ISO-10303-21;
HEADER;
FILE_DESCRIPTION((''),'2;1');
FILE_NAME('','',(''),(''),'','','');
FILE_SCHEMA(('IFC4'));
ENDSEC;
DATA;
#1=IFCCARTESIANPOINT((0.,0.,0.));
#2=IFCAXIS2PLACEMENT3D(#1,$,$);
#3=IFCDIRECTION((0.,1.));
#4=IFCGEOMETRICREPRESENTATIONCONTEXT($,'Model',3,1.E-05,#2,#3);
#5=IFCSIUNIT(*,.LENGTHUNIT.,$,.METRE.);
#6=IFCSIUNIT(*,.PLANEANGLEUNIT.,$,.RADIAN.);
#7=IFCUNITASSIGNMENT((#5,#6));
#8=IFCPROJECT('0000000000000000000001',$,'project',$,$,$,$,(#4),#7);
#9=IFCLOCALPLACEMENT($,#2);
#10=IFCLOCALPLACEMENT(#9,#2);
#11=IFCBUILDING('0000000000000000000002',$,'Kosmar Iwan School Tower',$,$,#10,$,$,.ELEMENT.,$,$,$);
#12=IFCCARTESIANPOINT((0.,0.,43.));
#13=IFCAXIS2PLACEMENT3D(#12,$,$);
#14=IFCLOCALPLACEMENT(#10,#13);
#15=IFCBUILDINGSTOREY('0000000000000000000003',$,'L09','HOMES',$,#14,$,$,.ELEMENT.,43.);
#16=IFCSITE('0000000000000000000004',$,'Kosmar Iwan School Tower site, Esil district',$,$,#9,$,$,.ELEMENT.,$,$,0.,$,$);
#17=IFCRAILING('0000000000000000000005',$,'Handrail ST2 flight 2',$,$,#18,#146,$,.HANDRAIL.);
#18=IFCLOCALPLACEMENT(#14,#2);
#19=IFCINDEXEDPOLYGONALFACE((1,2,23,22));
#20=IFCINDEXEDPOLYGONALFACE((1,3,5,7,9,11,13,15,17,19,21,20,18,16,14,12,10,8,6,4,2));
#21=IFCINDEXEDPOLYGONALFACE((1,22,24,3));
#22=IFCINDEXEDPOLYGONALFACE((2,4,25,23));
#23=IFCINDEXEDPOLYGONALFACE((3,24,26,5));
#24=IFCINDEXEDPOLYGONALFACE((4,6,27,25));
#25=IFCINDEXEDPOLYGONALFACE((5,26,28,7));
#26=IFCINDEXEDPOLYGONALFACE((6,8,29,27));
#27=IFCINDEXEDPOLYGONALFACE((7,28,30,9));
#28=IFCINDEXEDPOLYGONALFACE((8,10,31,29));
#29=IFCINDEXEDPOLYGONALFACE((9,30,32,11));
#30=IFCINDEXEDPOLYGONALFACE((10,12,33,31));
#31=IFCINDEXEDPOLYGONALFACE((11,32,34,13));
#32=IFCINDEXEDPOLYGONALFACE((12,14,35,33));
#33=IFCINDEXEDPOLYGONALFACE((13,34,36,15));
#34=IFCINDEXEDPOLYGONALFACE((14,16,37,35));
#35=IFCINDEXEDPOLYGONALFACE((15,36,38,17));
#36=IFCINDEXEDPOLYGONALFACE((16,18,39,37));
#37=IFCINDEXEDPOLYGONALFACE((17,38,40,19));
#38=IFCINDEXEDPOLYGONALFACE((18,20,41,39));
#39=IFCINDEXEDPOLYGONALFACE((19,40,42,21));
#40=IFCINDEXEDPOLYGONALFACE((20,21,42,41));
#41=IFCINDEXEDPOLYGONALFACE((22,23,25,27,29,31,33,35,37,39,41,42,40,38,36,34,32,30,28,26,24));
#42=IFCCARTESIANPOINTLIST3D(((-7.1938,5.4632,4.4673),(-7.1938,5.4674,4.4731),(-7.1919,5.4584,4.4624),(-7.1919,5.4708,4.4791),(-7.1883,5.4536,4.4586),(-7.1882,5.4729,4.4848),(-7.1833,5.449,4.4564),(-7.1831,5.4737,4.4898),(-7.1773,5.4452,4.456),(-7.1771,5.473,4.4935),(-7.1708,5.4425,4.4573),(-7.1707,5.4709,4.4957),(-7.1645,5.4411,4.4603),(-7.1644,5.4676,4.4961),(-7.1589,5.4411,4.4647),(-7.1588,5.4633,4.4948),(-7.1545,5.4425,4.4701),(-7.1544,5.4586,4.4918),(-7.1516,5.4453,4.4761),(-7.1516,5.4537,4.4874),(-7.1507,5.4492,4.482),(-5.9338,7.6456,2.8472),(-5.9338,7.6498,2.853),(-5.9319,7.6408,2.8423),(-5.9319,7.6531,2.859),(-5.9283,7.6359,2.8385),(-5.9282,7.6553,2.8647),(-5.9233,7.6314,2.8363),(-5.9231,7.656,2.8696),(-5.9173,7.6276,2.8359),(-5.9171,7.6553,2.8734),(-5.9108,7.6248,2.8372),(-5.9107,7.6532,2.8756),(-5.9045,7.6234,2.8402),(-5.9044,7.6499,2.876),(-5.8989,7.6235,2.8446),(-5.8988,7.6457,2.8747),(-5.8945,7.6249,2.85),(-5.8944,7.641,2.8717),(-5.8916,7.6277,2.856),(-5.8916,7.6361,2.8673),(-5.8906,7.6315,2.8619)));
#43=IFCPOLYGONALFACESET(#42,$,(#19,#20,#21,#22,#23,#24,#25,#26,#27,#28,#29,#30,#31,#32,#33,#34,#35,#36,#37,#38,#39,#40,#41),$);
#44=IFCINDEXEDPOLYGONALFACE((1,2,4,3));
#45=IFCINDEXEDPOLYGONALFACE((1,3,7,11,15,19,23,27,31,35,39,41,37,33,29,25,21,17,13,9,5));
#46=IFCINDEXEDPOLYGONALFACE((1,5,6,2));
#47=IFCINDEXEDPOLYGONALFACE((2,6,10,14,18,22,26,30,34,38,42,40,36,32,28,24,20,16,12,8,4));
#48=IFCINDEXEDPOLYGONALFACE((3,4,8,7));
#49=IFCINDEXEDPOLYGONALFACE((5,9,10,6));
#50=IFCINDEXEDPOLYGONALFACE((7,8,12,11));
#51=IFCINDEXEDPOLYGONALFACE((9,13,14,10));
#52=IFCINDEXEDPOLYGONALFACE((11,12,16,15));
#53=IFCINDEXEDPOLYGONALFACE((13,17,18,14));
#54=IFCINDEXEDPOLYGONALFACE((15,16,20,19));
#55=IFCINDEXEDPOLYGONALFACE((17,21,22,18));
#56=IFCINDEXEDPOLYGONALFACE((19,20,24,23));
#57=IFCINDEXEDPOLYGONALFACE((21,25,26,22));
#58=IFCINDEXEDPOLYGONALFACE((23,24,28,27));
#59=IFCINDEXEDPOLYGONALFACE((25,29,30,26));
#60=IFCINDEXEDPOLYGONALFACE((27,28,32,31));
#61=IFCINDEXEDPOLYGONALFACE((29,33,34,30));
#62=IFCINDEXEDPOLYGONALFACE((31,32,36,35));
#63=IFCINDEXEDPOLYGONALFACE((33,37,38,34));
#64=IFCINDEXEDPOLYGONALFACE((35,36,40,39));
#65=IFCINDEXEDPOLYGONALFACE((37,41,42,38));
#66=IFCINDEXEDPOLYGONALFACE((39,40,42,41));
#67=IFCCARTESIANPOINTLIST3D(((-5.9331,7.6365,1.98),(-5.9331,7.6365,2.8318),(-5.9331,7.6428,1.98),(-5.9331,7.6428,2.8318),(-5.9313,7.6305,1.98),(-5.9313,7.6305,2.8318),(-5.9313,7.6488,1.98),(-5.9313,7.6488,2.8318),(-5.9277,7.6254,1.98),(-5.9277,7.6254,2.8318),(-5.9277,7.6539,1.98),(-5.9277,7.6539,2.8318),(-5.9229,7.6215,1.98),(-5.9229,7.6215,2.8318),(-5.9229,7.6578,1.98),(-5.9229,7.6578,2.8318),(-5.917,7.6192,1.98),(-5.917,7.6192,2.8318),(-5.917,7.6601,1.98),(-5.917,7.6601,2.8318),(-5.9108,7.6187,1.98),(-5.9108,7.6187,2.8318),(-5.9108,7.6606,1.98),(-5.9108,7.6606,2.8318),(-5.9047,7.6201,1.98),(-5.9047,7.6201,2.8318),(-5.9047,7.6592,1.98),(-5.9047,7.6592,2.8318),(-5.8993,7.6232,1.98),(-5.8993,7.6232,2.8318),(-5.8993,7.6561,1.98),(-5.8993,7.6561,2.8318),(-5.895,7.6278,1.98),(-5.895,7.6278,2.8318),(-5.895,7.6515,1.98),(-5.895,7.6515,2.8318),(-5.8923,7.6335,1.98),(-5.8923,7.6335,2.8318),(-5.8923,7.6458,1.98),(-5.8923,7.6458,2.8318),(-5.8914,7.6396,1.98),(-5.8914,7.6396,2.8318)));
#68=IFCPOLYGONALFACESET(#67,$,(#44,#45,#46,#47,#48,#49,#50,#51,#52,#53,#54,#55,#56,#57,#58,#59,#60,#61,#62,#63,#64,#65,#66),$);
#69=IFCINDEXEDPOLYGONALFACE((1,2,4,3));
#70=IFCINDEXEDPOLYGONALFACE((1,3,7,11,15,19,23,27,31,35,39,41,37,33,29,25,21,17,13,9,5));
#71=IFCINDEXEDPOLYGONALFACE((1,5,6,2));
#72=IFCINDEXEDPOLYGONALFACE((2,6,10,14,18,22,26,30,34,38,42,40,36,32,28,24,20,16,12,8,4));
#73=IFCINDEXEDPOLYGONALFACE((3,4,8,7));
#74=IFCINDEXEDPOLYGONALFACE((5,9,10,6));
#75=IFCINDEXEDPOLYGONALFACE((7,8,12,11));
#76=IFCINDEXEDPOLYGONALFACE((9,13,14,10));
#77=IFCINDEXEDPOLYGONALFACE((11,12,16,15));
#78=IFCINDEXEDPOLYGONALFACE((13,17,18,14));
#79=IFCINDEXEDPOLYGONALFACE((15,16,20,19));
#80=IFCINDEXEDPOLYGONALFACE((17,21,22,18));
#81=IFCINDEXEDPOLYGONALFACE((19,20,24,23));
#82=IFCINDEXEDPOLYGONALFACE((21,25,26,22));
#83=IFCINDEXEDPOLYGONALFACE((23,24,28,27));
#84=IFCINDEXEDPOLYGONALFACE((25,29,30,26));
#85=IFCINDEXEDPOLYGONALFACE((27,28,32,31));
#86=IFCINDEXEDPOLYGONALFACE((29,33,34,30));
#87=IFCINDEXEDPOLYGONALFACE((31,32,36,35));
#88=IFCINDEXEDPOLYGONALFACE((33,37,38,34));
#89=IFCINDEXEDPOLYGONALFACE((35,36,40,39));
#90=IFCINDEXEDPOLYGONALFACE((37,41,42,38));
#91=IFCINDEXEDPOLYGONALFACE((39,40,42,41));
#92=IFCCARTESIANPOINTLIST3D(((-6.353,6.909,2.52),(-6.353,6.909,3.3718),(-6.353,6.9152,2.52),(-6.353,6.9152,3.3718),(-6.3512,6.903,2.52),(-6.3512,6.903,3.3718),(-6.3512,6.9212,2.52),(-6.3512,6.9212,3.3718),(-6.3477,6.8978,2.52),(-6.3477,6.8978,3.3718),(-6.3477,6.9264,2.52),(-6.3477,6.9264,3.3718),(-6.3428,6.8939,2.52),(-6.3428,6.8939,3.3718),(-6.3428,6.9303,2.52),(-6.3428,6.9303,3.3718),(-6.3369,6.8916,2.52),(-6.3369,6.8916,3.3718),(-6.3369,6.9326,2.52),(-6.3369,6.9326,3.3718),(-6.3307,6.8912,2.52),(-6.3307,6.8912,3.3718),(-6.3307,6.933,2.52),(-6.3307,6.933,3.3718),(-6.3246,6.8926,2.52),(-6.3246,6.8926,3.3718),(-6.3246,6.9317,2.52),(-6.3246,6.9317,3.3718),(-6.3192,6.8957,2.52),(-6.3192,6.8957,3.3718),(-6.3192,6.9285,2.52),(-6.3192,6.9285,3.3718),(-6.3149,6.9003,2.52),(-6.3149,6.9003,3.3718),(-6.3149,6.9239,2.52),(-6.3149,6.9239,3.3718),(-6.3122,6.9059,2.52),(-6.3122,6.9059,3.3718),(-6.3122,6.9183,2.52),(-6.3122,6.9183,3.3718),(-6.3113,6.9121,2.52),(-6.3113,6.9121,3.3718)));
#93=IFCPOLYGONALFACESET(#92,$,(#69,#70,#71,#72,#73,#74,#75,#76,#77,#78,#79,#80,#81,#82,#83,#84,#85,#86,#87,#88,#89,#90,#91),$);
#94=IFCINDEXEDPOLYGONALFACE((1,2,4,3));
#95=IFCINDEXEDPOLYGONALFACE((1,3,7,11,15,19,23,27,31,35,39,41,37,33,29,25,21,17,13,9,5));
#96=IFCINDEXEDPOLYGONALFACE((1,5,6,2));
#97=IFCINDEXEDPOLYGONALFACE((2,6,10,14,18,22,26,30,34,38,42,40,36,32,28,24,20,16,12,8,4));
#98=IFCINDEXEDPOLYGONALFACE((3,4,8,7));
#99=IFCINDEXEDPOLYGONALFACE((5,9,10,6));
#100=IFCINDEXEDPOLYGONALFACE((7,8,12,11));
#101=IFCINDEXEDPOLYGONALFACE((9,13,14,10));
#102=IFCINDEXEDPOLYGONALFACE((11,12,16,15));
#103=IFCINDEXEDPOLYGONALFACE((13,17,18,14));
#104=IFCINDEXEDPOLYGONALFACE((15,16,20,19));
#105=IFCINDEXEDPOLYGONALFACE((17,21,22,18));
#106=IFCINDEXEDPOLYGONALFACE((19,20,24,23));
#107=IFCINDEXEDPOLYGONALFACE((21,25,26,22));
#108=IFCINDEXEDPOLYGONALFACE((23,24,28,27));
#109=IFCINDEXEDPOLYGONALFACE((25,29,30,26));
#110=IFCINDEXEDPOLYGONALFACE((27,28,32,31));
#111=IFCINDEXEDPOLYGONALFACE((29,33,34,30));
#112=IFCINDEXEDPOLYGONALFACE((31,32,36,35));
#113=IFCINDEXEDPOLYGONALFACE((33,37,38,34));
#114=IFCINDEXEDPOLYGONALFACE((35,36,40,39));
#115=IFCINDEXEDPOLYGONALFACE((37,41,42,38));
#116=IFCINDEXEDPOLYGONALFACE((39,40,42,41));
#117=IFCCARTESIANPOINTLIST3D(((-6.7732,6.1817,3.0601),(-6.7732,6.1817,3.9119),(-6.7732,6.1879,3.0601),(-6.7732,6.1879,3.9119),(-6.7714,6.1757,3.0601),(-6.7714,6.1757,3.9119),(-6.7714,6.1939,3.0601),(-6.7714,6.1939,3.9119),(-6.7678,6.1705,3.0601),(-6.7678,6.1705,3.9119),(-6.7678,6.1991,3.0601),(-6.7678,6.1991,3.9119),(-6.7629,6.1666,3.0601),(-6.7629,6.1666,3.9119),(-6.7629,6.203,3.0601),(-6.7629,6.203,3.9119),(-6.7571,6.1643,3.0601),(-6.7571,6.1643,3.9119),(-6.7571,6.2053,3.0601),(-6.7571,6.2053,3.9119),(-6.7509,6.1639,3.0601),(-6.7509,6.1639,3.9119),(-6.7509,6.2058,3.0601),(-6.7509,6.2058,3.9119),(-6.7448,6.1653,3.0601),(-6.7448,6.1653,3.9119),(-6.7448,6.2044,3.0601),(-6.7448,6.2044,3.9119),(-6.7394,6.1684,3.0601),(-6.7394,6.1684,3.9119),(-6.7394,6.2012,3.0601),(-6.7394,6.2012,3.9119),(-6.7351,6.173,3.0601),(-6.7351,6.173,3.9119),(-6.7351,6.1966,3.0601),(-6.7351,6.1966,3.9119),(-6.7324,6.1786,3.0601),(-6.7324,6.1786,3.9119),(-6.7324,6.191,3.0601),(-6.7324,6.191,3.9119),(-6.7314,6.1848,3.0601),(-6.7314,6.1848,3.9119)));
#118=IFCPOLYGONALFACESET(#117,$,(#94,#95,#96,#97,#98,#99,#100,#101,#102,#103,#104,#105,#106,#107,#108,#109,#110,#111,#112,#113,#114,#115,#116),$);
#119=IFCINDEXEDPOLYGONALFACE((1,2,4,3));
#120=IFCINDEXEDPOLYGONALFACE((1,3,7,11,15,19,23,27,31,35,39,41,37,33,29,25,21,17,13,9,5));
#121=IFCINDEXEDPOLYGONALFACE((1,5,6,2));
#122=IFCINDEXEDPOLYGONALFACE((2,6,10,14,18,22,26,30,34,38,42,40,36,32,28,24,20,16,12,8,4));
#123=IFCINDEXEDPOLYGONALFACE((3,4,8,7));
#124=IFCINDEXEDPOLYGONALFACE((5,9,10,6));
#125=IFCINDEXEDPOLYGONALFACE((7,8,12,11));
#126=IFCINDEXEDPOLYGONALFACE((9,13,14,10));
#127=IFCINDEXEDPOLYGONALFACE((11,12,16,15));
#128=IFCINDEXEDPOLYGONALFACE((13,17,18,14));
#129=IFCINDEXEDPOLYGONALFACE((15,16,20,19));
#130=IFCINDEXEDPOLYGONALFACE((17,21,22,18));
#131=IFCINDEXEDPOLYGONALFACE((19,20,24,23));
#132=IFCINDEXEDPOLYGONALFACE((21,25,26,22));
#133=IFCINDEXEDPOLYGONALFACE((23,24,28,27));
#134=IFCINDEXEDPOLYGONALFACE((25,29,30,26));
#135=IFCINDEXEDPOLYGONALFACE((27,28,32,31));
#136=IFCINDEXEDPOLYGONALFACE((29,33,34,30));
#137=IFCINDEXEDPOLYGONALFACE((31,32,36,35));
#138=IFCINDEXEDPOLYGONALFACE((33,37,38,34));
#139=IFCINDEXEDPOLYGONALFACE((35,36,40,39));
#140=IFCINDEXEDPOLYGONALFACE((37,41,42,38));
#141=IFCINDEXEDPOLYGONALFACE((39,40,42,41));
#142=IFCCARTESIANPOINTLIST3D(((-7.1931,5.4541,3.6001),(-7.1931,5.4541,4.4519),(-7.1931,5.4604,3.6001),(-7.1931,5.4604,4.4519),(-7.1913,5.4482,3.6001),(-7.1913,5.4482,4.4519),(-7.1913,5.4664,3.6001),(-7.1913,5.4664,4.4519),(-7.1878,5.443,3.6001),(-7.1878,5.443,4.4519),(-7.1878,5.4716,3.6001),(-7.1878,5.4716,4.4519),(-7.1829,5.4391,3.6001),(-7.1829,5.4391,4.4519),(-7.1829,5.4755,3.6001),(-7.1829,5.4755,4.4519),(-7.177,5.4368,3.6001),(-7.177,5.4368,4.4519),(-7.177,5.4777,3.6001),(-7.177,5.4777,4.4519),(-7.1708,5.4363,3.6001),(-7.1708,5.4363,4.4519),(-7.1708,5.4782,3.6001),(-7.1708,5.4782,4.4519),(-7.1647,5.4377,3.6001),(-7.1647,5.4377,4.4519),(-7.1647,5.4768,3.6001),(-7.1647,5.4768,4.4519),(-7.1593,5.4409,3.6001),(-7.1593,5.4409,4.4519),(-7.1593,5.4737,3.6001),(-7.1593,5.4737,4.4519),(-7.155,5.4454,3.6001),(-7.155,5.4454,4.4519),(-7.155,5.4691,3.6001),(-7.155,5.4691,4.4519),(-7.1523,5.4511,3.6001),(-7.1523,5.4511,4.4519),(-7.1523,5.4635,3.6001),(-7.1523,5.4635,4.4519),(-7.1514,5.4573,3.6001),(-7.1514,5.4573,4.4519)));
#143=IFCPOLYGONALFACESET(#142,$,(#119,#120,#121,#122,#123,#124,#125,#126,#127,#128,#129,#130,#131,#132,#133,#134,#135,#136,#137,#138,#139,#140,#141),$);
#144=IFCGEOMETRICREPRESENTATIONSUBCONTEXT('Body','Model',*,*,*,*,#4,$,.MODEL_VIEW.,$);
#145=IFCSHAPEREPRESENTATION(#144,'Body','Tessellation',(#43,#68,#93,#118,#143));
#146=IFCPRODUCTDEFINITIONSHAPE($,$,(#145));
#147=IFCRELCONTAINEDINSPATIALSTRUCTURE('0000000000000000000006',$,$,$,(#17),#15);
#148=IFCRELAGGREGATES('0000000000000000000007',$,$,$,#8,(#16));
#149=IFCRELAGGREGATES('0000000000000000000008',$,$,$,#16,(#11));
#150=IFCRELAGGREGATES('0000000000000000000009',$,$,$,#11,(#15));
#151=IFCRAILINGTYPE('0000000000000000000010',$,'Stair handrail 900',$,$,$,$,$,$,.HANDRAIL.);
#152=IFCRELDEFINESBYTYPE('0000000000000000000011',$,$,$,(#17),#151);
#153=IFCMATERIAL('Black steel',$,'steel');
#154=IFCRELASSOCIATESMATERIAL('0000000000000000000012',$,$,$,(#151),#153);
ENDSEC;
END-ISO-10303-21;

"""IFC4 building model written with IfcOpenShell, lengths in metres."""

from ifc_helpers import new_model, si_unit, direction, frame, origin, origin_2d, place, context, subcontext, project, spatial, circle, extrude, material, type_object, element, save


model = new_model("IFC4")

# Units and contexts
model_context = context("Model", 3, precision=1e-05, world=origin(), true_north=direction((0.0, 1.0)))
body_context = subcontext(model_context, "Body", "Model", "MODEL_VIEW")
ifc_project = project(units=[si_unit("LENGTHUNIT", "METRE"), si_unit("PLANEANGLEUNIT", "RADIAN")], contexts=[model_context])

# Site, building, storey
site_placement = place(None, origin())
site = spatial("IfcSite", under=ifc_project, at=site_placement, Name="Kosmar Iwan School Tower site, Esil district", CompositionType="ELEMENT", RefElevation=0.0)
building_placement = place(site_placement, origin())
building = spatial("IfcBuilding", under=site, at=building_placement, Name="Kosmar Iwan School Tower", CompositionType="ELEMENT")
storey_placement = place(building_placement, frame((0.0, 0.0, 43.0)))
storey = spatial("IfcBuildingStorey", under=building, at=storey_placement, Name="L09", Description="HOMES", CompositionType="ELEMENT", Elevation=43.0)

# Railing
ifc_material_1 = material(Name="Black steel", Category="steel")
railing_type = type_object("IfcRailingType", Name="Stair handrail 900", PredefinedType="HANDRAIL", material=ifc_material_1)
railing_placement = place(storey_placement, frame((-5.9124, 7.6396, 1.98)))
element("IfcRailing", 1, at=railing_placement, inside=storey, type_object=railing_type, Name="Handrail ST2 flight 2", PredefinedType="HANDRAIL", context=body_context, shape_type="SweptSolid", body=[
    extrude(circle(Radius=0.0239, at=origin_2d()), frame((0.0, 0.0, 0.876), z_axis=(-0.420584, -0.728464, 0.540786), x_axis=(0.866023, -0.500005, 0.0)), (0.0, 0.0, 1.0), 2.9958),
    extrude(circle(Radius=0.021, at=origin_2d()), origin(), (0.0, 0.0, 1.0), 0.8518),
    extrude(circle(Radius=0.021, at=origin_2d()), frame((-0.4199, -0.7275, 0.54)), (0.0, 0.0, 1.0), 0.8518),
    extrude(circle(Radius=0.021, at=origin_2d()), frame((-0.8401, -1.4548, 1.0801)), (0.0, 0.0, 1.0), 0.8518),
    extrude(circle(Radius=0.021, at=origin_2d()), frame((-1.26, -2.1824, 1.6201)), (0.0, 0.0, 1.0), 0.8518),
])

save(model, "model.ifc")
